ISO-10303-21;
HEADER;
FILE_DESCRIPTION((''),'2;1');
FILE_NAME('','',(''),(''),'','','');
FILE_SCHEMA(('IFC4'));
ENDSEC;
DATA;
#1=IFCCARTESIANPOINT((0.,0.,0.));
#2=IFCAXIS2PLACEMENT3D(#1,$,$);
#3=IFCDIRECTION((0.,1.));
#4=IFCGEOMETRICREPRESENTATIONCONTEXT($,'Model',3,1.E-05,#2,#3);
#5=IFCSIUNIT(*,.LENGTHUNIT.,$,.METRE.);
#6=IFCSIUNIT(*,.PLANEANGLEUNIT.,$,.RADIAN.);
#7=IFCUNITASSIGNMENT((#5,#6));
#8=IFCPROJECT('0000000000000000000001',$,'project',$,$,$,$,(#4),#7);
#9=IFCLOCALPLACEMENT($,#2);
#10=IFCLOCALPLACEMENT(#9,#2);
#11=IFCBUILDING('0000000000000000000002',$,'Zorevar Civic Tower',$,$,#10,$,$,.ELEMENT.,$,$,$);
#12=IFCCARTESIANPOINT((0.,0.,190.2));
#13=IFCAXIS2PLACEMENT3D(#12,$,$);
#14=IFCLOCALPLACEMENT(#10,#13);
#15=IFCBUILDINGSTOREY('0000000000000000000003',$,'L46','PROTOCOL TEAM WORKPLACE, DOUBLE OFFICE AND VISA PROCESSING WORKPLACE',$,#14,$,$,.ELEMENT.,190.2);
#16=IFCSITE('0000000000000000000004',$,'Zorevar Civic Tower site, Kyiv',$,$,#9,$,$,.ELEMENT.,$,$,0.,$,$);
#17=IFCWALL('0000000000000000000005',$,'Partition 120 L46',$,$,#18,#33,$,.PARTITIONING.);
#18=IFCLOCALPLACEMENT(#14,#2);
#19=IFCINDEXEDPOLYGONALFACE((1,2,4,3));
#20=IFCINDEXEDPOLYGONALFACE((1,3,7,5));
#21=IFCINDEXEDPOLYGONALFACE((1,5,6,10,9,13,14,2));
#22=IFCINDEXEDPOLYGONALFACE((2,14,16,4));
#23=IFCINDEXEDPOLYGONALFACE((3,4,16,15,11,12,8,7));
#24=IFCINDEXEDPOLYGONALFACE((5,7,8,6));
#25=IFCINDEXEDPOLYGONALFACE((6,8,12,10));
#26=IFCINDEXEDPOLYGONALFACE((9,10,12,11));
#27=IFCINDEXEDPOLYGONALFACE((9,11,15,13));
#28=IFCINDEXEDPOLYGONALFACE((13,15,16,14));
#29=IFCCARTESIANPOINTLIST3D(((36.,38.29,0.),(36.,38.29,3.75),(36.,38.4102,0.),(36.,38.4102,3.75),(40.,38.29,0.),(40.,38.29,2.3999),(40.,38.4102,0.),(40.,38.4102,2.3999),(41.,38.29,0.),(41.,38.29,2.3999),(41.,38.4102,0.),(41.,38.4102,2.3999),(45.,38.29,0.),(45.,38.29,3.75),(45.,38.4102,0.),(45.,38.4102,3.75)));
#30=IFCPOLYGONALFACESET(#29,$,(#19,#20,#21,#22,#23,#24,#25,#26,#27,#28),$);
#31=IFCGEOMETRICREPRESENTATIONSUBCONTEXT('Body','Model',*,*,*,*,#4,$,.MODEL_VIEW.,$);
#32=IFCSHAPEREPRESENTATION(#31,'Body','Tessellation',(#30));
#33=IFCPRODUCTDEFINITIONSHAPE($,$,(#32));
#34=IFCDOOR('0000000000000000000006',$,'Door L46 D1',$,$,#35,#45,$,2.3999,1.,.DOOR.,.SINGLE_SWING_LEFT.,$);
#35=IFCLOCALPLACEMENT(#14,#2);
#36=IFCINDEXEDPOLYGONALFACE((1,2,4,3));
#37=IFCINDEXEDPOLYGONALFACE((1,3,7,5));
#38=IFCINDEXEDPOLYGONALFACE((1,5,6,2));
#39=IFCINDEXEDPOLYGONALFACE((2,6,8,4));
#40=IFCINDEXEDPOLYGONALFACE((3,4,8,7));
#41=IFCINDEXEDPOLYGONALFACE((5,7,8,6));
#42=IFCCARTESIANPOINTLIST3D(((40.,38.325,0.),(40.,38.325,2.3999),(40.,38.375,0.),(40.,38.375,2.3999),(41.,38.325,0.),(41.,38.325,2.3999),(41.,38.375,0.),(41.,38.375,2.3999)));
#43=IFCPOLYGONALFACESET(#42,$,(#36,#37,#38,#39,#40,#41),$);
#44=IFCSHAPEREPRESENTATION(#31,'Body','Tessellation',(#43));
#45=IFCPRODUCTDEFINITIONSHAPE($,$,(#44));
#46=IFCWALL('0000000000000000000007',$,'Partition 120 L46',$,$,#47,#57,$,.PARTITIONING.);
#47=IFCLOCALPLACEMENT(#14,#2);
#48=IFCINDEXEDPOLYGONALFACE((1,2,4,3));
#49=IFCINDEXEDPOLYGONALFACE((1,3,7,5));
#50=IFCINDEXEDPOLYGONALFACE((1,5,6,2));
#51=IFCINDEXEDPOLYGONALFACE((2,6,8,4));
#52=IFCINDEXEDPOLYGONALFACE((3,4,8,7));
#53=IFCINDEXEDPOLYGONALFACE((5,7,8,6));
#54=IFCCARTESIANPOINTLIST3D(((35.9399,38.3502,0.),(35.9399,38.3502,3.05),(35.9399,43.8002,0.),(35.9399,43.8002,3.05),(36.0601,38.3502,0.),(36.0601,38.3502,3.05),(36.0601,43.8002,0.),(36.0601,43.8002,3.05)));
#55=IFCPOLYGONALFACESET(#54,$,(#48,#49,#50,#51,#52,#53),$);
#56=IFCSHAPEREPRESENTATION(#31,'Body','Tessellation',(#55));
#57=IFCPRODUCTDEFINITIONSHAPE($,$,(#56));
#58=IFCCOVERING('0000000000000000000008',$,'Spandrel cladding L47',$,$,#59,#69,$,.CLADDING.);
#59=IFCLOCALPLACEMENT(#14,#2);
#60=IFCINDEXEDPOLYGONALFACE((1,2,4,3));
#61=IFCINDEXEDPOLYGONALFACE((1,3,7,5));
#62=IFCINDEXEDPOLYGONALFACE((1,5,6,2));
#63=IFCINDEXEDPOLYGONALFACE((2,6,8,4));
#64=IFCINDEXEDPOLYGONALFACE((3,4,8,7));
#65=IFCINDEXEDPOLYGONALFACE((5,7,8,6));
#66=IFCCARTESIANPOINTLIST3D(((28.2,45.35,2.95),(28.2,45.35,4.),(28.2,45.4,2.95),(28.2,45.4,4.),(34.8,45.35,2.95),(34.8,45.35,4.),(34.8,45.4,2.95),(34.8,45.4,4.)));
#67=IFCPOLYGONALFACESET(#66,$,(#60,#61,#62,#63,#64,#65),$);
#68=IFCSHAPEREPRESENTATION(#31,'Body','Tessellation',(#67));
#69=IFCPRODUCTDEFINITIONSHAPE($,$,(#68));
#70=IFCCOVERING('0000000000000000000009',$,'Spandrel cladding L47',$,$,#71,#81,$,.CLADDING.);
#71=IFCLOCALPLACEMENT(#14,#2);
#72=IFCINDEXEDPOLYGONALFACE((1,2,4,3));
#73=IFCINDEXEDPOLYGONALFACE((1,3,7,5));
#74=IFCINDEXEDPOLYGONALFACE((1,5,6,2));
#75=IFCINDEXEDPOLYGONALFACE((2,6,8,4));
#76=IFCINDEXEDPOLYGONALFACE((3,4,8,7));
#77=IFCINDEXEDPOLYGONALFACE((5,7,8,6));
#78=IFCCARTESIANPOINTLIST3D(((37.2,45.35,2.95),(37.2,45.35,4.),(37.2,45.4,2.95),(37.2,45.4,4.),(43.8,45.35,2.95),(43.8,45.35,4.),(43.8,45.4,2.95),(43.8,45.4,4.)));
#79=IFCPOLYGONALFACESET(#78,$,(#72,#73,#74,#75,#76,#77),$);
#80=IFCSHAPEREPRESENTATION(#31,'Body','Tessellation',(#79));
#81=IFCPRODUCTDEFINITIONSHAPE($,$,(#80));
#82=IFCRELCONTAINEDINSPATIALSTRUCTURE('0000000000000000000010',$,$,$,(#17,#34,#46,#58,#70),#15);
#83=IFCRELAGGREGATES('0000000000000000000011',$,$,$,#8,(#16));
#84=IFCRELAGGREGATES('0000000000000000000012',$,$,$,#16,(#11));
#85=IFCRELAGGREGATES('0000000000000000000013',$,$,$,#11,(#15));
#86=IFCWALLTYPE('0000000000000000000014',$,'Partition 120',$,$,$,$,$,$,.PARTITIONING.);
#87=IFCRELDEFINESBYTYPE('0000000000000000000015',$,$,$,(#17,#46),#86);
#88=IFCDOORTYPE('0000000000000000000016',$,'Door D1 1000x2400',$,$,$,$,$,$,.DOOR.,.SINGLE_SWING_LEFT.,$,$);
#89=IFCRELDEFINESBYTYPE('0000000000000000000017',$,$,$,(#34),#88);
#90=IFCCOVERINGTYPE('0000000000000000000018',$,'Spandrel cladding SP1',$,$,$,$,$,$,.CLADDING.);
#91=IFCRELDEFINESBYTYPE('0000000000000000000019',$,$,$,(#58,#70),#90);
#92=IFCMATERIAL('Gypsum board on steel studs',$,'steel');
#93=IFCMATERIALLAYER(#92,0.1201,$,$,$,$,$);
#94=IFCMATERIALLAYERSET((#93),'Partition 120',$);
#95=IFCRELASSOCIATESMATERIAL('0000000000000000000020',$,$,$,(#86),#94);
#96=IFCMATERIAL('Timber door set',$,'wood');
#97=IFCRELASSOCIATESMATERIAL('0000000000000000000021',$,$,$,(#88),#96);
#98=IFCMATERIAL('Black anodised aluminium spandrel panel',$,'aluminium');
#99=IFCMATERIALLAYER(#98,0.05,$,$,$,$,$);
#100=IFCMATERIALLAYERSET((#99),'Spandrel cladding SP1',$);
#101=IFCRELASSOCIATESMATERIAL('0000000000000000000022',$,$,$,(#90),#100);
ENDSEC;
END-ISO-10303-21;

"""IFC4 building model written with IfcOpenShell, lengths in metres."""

from ifc_helpers import new_model, si_unit, direction, frame, frame_2d, origin, place, context, subcontext, project, spatial, rectangle, extrude, material, layer, layer_set, type_object, element, fill, save


model = new_model("IFC4")

# Units and contexts
model_context = context("Model", 3, precision=1e-05, world=origin(), true_north=direction((0.0, 1.0)))
body_context = subcontext(model_context, "Body", "Model", "MODEL_VIEW")
ifc_project = project(units=[si_unit("LENGTHUNIT", "METRE"), si_unit("PLANEANGLEUNIT", "RADIAN")], contexts=[model_context])

# Site, building, storey
site_placement = place(None, origin())
site = spatial("IfcSite", under=ifc_project, at=site_placement, Name="Zorevar Civic Tower site, Kyiv", CompositionType="ELEMENT", RefElevation=0.0)
building_placement = place(site_placement, origin())
building = spatial("IfcBuilding", under=site, at=building_placement, Name="Zorevar Civic Tower", CompositionType="ELEMENT")
storey_placement = place(building_placement, frame((0.0, 0.0, 190.2)))
storey = spatial("IfcBuildingStorey", under=building, at=storey_placement, Name="L46", Description="PROTOCOL TEAM WORKPLACE, DOUBLE OFFICE AND VISA PROCESSING WORKPLACE", CompositionType="ELEMENT", Elevation=190.2)

# Wall, opening, door
ifc_material_1 = material(Name="Gypsum board on steel studs", Category="steel")
ifc_layer_1 = layer(ifc_material_1, 0.1201)
ifc_layer_set_1 = layer_set([ifc_layer_1], Name="Partition 120")
wall_type = type_object("IfcWallType", Name="Partition 120", PredefinedType="PARTITIONING", material=ifc_layer_set_1)
wall_1_placement = place(storey_placement, frame((36.0, 38.3501, 0.0), z_axis=(0.0, 0.0, 1.0), x_axis=(1.0, 0.0, 0.0)))
wall_1 = element("IfcWall", 1, at=wall_1_placement, inside=storey, type_object=wall_type, Name="Partition 120 L46", PredefinedType="PARTITIONING", context=body_context, shape_type="SweptSolid", body=[
    extrude(rectangle(XDim=9.0, YDim=0.1201, at=frame_2d((4.5, 0.0))), origin(), (0.0, 0.0, 1.0), 3.75),
])
opening_placement = place(wall_1_placement, frame((4.0, 0.0, 0.0)))
opening = element("IfcOpeningElement", 2, at=opening_placement, cuts=wall_1, PredefinedType="OPENING", context=body_context, shape_type="SweptSolid", body=[
    extrude(rectangle(XDim=1.0, YDim=2.3999, at=frame_2d((0.5, 1.2))), frame((0.0, 0.0701, 0.0), z_axis=(0.0, -1.0, 0.0), x_axis=(1.0, 0.0, 0.0)), (0.0, 0.0, 1.0), 0.1401),
])
ifc_material_2 = material(Name="Timber door set", Category="wood")
door_type = type_object("IfcDoorType", Name="Door D1 1000x2400", OperationType="SINGLE_SWING_LEFT", PredefinedType="DOOR", material=ifc_material_2)
door_placement = place(opening_placement, origin())
door = element("IfcDoor", 3, at=door_placement, inside=storey, type_object=door_type, Name="Door L46 D1", OperationType="SINGLE_SWING_LEFT", OverallHeight=2.3999, OverallWidth=1.0, PredefinedType="DOOR", context=body_context, shape_type="SweptSolid", body=[
    extrude(rectangle(XDim=1.0, YDim=2.3999, at=frame_2d((0.5, 1.2))), frame((0.0, 0.0249, 0.0), z_axis=(0.0, -1.0, 0.0), x_axis=(1.0, 0.0, 0.0)), (0.0, 0.0, 1.0), 0.05),
])
fill(opening, door)

# Wall
wall_2_placement = place(storey_placement, frame((36.0, 38.3501, 0.0), z_axis=(0.0, 0.0, 1.0), x_axis=(0.0, 1.0, 0.0)))
element("IfcWall", 4, at=wall_2_placement, inside=storey, type_object=wall_type, Name="Partition 120 L46", PredefinedType="PARTITIONING", context=body_context, shape_type="SweptSolid", body=[
    extrude(rectangle(XDim=5.45, YDim=0.1201, at=frame_2d((2.7251, 0.0))), origin(), (0.0, 0.0, 1.0), 3.05),
])

# Coverings
ifc_material_3 = material(Name="Black anodised aluminium spandrel panel", Category="aluminium")
ifc_layer_2 = layer(ifc_material_3, 0.05)
ifc_layer_set_2 = layer_set([ifc_layer_2], Name="Spandrel cladding SP1")
covering_type = type_object("IfcCoveringType", Name="Spandrel cladding SP1", PredefinedType="CLADDING", material=ifc_layer_set_2)
for number, where, z_axis, x_axis, name in (
    (5, (28.2, 45.375, 2.95), (0.0, 0.0, 1.0), (1.0, 0.0, 0.0), "Spandrel cladding L47"),
    (6, (37.2, 45.375, 2.95), (0.0, 0.0, 1.0), (1.0, 0.0, 0.0), "Spandrel cladding L47"),
):
    element("IfcCovering", number, at=place(storey_placement, frame(where, z_axis=z_axis, x_axis=x_axis)), inside=storey, type_object=covering_type, Name=name, PredefinedType="CLADDING", context=body_context, shape_type="SweptSolid", body=[
        extrude(rectangle(XDim=6.6001, YDim=0.05, at=frame_2d((3.3, 0.0))), origin(), (0.0, 0.0, 1.0), 1.05),
    ])

save(model, "model.ifc")
